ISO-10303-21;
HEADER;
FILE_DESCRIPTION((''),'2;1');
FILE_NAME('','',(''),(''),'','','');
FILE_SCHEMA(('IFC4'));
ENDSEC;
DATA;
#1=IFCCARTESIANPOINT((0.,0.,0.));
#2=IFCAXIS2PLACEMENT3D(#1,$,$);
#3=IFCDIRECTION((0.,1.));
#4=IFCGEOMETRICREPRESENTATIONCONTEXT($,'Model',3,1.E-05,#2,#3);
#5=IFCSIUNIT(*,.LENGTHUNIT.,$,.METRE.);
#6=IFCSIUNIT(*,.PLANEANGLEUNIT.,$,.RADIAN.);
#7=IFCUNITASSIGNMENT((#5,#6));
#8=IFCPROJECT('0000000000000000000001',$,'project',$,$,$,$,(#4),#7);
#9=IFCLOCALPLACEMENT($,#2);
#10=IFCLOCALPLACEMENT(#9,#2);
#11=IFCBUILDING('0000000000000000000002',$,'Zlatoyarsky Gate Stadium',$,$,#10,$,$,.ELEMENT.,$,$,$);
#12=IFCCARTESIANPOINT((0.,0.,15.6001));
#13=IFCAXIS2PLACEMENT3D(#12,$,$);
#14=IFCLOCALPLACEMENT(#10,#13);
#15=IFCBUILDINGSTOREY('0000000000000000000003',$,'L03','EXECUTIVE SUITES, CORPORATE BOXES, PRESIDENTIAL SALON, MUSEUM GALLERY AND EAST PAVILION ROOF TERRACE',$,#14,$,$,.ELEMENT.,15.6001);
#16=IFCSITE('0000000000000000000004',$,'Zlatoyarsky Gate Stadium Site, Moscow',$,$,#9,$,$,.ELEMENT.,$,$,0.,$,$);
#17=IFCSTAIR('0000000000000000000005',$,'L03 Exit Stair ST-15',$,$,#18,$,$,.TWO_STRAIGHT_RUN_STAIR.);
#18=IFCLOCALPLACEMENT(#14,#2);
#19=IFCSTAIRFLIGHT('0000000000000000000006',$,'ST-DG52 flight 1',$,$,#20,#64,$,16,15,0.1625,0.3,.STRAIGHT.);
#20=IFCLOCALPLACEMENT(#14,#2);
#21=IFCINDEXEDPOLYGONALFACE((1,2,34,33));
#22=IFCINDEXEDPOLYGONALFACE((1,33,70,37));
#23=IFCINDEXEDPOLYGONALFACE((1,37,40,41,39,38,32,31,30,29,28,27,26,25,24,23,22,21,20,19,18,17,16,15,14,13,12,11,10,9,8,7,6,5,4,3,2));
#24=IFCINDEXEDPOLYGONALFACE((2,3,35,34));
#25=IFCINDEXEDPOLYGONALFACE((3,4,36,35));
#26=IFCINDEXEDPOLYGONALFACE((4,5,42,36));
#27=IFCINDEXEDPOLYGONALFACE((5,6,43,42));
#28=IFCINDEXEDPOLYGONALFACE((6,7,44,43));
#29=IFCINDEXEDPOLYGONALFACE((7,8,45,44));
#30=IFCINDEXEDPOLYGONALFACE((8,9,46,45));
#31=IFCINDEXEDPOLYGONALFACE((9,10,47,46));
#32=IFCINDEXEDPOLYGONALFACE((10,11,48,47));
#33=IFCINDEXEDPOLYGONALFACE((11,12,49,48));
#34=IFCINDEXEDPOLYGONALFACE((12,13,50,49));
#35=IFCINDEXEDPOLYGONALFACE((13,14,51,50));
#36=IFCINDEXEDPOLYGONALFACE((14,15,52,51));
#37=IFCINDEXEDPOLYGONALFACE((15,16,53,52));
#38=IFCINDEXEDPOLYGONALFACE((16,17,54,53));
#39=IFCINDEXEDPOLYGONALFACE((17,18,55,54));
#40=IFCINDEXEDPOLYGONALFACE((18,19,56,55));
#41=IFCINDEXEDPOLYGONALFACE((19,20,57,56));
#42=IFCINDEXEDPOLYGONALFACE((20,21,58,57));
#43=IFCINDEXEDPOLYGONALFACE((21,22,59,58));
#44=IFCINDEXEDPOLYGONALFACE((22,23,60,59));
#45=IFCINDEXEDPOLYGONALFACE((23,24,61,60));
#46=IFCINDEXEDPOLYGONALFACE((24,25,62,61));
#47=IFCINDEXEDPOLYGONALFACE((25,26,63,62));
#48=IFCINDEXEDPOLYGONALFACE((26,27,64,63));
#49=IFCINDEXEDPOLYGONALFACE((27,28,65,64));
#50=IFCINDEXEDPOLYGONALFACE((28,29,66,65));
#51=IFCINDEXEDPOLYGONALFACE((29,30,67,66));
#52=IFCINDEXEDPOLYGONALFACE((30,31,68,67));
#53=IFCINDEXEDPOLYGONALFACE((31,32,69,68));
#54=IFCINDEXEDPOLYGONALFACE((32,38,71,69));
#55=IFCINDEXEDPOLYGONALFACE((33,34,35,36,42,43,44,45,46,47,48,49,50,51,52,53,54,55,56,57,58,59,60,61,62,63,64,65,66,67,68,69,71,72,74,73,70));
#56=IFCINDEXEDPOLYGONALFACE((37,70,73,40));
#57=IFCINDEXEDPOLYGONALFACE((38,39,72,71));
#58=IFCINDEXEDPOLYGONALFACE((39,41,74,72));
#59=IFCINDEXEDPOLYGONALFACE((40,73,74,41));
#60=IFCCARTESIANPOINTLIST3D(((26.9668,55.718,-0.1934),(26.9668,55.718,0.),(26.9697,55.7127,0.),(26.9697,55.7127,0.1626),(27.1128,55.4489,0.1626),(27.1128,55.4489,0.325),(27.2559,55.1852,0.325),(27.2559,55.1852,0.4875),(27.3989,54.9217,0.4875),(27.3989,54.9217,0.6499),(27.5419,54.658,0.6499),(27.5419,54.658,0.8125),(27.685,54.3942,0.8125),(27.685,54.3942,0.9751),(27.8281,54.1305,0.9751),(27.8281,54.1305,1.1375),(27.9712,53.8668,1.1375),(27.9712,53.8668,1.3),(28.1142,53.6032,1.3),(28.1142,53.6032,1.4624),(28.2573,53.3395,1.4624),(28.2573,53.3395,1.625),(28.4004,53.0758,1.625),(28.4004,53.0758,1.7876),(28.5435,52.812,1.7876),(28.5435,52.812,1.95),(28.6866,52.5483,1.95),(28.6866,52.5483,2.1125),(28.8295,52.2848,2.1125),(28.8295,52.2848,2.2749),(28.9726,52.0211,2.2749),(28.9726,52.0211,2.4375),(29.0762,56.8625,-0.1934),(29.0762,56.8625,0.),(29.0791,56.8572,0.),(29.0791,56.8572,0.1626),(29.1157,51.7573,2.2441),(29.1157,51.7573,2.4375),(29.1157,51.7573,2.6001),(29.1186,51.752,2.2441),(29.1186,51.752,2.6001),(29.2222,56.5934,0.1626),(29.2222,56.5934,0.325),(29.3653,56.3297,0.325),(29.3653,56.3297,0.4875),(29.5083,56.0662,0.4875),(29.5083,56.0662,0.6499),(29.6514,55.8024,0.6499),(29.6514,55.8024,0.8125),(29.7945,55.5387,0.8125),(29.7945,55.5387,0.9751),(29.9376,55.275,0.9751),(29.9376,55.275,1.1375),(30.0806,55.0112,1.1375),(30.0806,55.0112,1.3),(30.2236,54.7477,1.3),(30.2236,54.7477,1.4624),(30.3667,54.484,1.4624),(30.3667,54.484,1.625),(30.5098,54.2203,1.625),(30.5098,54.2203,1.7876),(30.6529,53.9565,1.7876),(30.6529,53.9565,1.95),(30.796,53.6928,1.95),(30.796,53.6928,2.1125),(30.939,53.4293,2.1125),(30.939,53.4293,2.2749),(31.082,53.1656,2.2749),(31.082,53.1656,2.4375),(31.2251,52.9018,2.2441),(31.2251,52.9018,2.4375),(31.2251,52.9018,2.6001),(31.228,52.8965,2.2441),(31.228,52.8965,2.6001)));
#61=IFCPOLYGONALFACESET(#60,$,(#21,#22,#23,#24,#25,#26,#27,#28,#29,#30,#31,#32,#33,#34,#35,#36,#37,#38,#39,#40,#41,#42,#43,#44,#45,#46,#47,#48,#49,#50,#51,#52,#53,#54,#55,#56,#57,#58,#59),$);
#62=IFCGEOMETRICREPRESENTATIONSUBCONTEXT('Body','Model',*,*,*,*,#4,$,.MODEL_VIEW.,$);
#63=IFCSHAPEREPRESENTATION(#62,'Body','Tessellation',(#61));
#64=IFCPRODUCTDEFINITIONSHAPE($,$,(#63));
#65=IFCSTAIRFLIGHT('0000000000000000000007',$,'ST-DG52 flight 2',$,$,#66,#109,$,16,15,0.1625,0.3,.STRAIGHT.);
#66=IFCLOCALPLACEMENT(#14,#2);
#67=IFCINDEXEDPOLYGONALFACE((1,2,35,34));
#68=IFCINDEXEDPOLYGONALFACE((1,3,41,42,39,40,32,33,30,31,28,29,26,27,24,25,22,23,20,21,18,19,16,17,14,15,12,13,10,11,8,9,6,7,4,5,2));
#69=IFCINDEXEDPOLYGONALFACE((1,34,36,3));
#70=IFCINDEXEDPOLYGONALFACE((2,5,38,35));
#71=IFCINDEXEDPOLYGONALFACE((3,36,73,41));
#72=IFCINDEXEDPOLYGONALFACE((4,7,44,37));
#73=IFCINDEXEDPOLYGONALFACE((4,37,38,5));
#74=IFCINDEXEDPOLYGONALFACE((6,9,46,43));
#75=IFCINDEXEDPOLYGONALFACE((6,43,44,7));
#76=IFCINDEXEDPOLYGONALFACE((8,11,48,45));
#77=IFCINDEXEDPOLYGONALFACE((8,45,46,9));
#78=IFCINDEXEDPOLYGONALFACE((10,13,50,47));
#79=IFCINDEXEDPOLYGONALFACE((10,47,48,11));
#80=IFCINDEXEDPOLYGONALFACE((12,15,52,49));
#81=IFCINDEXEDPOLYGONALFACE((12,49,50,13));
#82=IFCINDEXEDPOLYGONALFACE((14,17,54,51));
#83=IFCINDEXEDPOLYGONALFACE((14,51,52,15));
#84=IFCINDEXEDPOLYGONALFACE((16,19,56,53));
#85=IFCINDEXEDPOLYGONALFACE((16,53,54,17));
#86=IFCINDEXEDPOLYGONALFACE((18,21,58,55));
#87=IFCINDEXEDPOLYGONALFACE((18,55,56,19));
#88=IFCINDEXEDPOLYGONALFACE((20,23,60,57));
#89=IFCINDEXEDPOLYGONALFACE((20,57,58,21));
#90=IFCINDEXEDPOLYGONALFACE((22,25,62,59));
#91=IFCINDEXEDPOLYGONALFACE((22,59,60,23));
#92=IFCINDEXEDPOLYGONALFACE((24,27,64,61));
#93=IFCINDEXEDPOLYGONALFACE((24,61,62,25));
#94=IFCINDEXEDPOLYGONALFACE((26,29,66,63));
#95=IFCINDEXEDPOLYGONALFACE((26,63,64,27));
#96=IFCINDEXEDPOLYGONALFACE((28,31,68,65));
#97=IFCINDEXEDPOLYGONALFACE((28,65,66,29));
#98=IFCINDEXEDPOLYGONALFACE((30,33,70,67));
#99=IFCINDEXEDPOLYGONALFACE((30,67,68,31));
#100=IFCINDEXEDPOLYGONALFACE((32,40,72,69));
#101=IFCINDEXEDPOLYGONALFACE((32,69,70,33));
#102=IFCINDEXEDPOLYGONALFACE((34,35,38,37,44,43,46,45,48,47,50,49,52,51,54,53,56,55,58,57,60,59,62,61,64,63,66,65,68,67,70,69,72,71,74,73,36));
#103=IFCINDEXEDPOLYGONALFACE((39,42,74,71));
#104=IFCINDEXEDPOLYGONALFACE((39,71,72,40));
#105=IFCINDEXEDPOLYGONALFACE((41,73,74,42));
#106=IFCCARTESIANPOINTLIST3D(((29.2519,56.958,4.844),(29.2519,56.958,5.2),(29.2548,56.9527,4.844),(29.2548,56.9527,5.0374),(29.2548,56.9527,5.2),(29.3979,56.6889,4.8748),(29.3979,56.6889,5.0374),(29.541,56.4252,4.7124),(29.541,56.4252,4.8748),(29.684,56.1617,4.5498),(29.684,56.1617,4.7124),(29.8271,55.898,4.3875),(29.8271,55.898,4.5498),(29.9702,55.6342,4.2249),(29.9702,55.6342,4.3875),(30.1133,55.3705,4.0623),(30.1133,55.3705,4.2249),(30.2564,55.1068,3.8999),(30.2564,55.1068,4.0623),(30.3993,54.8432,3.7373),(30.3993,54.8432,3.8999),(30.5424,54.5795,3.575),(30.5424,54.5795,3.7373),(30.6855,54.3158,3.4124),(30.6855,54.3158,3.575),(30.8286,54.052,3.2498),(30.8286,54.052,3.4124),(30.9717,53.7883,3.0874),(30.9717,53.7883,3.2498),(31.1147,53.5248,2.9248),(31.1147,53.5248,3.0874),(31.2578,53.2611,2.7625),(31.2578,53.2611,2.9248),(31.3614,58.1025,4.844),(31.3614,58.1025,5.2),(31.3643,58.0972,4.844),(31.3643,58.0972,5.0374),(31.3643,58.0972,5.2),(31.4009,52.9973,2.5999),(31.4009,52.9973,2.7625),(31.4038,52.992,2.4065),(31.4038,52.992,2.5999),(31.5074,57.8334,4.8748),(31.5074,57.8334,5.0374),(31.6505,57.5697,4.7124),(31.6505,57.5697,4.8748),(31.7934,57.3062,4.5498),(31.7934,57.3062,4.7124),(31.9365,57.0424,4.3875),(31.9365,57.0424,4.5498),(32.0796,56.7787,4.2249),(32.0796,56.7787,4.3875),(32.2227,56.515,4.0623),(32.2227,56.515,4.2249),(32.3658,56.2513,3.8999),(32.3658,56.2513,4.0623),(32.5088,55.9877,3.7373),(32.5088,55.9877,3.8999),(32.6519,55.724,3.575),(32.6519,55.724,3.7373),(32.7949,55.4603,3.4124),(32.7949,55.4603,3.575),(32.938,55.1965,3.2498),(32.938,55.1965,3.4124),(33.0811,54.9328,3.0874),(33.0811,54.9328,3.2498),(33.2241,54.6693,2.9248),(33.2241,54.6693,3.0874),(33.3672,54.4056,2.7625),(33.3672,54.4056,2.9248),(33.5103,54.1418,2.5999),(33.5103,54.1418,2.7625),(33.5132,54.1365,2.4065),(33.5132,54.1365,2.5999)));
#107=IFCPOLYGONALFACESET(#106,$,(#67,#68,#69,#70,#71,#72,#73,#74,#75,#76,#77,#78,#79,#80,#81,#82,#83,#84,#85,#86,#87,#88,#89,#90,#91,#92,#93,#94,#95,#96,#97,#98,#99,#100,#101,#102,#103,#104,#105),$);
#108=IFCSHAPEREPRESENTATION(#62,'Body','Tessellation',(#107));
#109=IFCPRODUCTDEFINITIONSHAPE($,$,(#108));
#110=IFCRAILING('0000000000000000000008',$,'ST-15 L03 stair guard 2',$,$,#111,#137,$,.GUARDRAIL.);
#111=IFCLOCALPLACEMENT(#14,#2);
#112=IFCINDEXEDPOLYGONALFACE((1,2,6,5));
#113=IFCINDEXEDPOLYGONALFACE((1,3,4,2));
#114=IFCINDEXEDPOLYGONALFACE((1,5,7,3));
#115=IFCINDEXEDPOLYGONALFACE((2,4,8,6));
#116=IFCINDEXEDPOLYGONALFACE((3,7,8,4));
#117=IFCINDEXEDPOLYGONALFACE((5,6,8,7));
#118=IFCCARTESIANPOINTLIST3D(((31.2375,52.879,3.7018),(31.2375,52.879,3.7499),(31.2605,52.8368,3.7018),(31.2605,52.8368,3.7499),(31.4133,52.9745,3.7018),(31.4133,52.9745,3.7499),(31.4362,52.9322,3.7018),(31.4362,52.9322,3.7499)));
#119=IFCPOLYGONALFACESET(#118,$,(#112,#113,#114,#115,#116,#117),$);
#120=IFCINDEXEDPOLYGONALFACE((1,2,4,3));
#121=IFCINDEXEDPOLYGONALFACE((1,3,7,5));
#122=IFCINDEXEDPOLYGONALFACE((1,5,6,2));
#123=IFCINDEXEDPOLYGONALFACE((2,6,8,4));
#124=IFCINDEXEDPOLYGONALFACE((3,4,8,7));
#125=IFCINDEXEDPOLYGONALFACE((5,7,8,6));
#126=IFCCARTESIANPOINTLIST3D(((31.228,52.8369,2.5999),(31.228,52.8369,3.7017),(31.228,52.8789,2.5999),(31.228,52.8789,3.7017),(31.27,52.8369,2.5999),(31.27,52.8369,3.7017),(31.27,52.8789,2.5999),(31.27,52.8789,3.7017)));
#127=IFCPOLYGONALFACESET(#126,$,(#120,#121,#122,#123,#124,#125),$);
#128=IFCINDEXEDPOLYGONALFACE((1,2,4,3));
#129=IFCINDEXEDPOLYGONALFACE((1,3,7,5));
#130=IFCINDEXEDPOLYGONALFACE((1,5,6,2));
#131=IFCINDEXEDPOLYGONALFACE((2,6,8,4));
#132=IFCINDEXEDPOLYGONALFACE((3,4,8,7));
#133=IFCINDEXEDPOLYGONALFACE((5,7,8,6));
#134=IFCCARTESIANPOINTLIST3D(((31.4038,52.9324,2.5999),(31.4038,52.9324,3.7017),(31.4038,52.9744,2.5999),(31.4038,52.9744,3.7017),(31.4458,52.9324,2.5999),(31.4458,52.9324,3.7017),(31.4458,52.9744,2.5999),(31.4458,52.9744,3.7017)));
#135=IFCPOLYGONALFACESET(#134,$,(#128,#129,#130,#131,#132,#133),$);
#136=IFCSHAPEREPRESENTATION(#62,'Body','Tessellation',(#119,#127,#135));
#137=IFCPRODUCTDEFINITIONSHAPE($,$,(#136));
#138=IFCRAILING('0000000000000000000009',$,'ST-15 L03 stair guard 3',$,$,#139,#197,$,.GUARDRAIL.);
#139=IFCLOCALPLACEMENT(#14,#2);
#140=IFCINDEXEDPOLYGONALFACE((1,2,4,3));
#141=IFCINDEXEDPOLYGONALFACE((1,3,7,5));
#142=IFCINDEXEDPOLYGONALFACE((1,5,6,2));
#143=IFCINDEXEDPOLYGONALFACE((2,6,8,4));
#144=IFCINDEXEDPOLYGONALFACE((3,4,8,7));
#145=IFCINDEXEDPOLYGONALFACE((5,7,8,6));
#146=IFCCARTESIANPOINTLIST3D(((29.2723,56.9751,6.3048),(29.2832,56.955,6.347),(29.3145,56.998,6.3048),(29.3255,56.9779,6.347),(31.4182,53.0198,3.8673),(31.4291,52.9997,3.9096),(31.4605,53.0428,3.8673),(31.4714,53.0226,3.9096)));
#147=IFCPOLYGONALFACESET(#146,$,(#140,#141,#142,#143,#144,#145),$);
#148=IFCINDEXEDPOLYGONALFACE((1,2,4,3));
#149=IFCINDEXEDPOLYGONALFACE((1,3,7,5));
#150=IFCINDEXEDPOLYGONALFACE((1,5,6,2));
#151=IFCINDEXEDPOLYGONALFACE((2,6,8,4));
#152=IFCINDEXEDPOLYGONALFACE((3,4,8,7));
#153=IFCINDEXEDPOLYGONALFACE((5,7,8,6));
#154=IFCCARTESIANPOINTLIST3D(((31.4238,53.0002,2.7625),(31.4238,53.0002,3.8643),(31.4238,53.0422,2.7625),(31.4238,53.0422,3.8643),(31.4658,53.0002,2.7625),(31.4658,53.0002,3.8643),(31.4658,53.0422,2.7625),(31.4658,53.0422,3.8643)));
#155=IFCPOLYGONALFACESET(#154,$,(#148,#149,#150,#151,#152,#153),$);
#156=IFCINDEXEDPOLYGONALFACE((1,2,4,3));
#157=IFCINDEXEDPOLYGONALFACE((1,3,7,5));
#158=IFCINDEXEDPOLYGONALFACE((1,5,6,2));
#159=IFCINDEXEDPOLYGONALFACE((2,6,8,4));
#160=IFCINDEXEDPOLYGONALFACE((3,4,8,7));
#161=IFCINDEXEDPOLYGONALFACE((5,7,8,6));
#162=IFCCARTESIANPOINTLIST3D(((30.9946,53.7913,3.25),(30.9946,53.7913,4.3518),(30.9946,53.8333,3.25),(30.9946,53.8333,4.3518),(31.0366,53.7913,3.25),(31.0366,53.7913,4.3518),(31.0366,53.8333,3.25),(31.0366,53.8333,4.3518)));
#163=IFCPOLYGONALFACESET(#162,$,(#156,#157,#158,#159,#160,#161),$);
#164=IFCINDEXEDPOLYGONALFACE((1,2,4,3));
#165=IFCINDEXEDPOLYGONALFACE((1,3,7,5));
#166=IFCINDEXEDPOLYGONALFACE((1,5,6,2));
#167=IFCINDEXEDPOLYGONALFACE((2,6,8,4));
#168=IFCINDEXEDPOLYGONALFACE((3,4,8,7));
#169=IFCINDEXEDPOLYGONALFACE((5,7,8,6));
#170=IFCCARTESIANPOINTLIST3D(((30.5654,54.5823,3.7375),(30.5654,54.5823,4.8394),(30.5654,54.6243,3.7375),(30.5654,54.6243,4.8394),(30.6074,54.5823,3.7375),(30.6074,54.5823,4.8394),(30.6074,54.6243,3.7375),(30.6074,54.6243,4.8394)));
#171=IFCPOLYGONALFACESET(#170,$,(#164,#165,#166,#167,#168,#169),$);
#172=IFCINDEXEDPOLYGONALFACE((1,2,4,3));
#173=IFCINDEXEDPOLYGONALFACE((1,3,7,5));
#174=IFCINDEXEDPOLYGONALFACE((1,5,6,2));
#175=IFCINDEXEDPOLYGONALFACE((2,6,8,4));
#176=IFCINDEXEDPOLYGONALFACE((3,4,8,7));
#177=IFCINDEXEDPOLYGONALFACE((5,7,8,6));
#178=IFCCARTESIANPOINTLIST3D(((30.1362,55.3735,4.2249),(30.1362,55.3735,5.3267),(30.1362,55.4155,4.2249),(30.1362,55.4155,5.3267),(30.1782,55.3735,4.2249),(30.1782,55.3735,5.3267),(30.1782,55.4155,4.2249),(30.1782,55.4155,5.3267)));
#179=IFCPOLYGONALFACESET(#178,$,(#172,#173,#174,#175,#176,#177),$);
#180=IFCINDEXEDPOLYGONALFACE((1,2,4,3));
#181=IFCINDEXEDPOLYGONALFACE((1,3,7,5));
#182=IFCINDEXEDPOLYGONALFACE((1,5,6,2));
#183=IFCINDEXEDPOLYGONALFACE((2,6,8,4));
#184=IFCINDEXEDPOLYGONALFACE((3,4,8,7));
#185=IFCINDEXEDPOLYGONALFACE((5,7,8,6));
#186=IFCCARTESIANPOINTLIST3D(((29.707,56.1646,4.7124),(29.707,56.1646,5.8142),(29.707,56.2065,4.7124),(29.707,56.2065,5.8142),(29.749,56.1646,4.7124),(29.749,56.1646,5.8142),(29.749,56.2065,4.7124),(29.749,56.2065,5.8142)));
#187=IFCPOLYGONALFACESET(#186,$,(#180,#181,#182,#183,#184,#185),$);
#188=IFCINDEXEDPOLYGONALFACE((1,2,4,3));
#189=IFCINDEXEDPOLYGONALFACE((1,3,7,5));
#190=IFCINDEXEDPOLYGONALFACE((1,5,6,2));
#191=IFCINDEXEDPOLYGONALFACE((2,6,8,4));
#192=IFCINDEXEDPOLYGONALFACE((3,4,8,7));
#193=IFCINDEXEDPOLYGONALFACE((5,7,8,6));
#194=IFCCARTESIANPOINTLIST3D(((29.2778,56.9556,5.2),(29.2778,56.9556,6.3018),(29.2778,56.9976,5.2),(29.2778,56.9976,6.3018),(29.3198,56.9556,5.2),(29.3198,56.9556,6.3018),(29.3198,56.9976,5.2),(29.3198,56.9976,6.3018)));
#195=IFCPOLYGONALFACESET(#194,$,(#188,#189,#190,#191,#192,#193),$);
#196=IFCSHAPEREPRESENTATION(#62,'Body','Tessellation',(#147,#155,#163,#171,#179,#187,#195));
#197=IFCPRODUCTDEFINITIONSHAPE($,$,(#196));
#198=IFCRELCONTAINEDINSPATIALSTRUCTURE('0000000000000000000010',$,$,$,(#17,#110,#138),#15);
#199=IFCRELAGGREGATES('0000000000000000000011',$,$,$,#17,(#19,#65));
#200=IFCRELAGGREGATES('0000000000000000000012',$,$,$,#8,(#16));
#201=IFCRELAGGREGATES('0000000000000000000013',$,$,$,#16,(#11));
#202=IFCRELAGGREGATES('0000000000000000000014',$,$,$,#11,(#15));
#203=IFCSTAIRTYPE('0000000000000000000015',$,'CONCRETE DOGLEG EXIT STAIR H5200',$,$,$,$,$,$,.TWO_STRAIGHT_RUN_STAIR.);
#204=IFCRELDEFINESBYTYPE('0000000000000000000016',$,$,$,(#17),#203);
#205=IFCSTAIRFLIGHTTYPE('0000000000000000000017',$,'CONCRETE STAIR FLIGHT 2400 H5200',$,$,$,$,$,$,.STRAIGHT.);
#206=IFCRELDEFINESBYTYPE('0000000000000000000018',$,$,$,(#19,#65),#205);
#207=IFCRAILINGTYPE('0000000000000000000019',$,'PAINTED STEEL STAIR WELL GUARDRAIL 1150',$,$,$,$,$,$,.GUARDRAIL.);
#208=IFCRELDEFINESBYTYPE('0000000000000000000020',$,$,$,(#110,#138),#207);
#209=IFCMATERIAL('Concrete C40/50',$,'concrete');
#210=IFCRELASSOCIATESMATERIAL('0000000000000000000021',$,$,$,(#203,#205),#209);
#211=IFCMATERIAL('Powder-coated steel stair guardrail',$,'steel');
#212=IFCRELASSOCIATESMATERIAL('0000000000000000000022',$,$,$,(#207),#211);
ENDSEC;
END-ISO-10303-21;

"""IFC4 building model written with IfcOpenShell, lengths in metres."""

from ifc_helpers import new_model, si_unit, direction, frame, origin, origin_2d, place, context, subcontext, project, spatial, polyline, rectangle, outline, extrude, material, type_object, element, aggregate, save


model = new_model("IFC4")

# Units and contexts
model_context = context("Model", 3, precision=1e-05, world=origin(), true_north=direction((0.0, 1.0)))
body_context = subcontext(model_context, "Body", "Model", "MODEL_VIEW")
ifc_project = project(units=[si_unit("LENGTHUNIT", "METRE"), si_unit("PLANEANGLEUNIT", "RADIAN")], contexts=[model_context])

# Site, building, storey
site_placement = place(None, origin())
site = spatial("IfcSite", under=ifc_project, at=site_placement, Name="Zlatoyarsky Gate Stadium Site, Moscow", CompositionType="ELEMENT", RefElevation=0.0)
building_placement = place(site_placement, origin())
building = spatial("IfcBuilding", under=site, at=building_placement, Name="Zlatoyarsky Gate Stadium", CompositionType="ELEMENT")
storey_placement = place(building_placement, frame((0.0, 0.0, 15.6001)))
storey = spatial("IfcBuildingStorey", under=building, at=storey_placement, Name="L03", Description="EXECUTIVE SUITES, CORPORATE BOXES, PRESIDENTIAL SALON, MUSEUM GALLERY AND EAST PAVILION ROOF TERRACE", CompositionType="ELEMENT", Elevation=15.6001)

# Shared definitions
ifc_material_1 = material(Name="Concrete C40/50", Category="concrete")

# Stair, stair flights
stair_type = type_object("IfcStairType", Name="CONCRETE DOGLEG EXIT STAIR H5200", PredefinedType="TWO_STRAIGHT_RUN_STAIR", material=ifc_material_1)
stair_placement = place(storey_placement, origin())
stair = element("IfcStair", 1, at=stair_placement, inside=storey, type_object=stair_type, Name="L03 Exit Stair ST-15", PredefinedType="TWO_STRAIGHT_RUN_STAIR")
stair_flight_type = type_object("IfcStairFlightType", Name="CONCRETE STAIR FLIGHT 2400 H5200", PredefinedType="STRAIGHT", material=ifc_material_1)
stair_flight_1_placement = place(storey_placement, frame((28.0244, 56.2849, 0.0), z_axis=(0.0, 0.0, 1.0), x_axis=(0.47689, -0.878963, 0.0)))
stair_flight_1 = element("IfcStairFlight", 2, at=stair_flight_1_placement, type_object=stair_flight_type, Name="ST-DG52 flight 1", NumberOfRisers=16, NumberOfTreads=15, PredefinedType="STRAIGHT", RiserHeight=0.1625, TreadLength=0.3, context=body_context, shape_type="SweptSolid", body=[
    extrude(outline(polyline([(-0.0061, -0.1934), (-0.0061, 0.0), (0.0, 0.0), (0.0, 0.1626), (0.3, 0.1626), (0.3, 0.325), (0.6001, 0.325), (0.6001, 0.4875), (0.8999, 0.4875), (0.8999, 0.6499), (1.2, 0.6499), (1.2, 0.8125), (1.5, 0.8125), (1.5, 0.9751), (1.8, 0.9751), (1.8, 1.1375), (2.1001, 1.1375), (2.1001, 1.3), (2.3999, 1.3), (2.3999, 1.4624), (2.7, 1.4624), (2.7, 1.625), (3.0, 1.625), (3.0, 1.7876), (3.3, 1.7876), (3.3, 1.95), (3.6001, 1.95), (3.6001, 2.1125), (3.8999, 2.1125), (3.8999, 2.2749), (4.2, 2.2749), (4.2, 2.4375), (4.5, 2.4375), (4.5, 2.6001), (4.5061, 2.6001), (4.5061, 2.2441), (4.5, 2.2441), (-0.0061, -0.1934)])), frame((0.0, 1.2, 0.0), z_axis=(0.0, -1.0, 0.0), x_axis=(1.0, 0.0, 0.0)), (0.0, 0.0, 1.0), 2.3999),
])
stair_flight_2_placement = place(storey_placement, frame((32.4556, 53.5696, 2.5999), z_axis=(0.0, 0.0, 1.0), x_axis=(-0.47689, 0.878963, 0.0)))
stair_flight_2 = element("IfcStairFlight", 3, at=stair_flight_2_placement, type_object=stair_flight_type, Name="ST-DG52 flight 2", NumberOfRisers=16, NumberOfTreads=15, PredefinedType="STRAIGHT", RiserHeight=0.1625, TreadLength=0.3, context=body_context, shape_type="SweptSolid", body=[
    extrude(outline(polyline([(-0.0061, -0.1934), (-0.0061, 0.0), (0.0, 0.0), (0.0, 0.1626), (0.3, 0.1626), (0.3, 0.325), (0.6001, 0.325), (0.6001, 0.4875), (0.8999, 0.4875), (0.8999, 0.6499), (1.2, 0.6499), (1.2, 0.8125), (1.5, 0.8125), (1.5, 0.9751), (1.8, 0.9751), (1.8, 1.1375), (2.1001, 1.1375), (2.1001, 1.3), (2.3999, 1.3), (2.3999, 1.4624), (2.7, 1.4624), (2.7, 1.625), (3.0, 1.625), (3.0, 1.7876), (3.3, 1.7876), (3.3, 1.95), (3.6001, 1.95), (3.6001, 2.1125), (3.8999, 2.1125), (3.8999, 2.2749), (4.2, 2.2749), (4.2, 2.4375), (4.5, 2.4375), (4.5, 2.6001), (4.5061, 2.6001), (4.5061, 2.2441), (4.5, 2.2441), (-0.0061, -0.1934)])), frame((0.0, 1.2, 0.0), z_axis=(0.0, -1.0, 0.0), x_axis=(1.0, 0.0, 0.0)), (0.0, 0.0, 1.0), 2.3999),
])
aggregate(stair, [stair_flight_1, stair_flight_2])

# Railings
ifc_material_2 = material(Name="Powder-coated steel stair guardrail", Category="steel")
railing_type_1 = type_object("IfcRailingType", Name="PAINTED STEEL STAIR WELL GUARDRAIL 1150", PredefinedType="GUARDRAIL", material=ifc_material_2)
railing_1_placement = place(storey_placement, frame((31.249, 52.8579, 2.5999)))
element("IfcRailing", 4, at=railing_1_placement, inside=storey, type_object=railing_type_1, Name="ST-15 L03 stair guard 2", PredefinedType="GUARDRAIL", context=body_context, shape_type="SweptSolid", body=[
    extrude(rectangle(XDim=0.0481, YDim=0.0481, at=origin_2d()), frame((0.0, 0.0, 1.126), z_axis=(0.87878, 0.477227, 0.0), x_axis=(-0.477227, 0.87878, 0.0)), (0.0, 0.0, 1.0), 0.2),
    extrude(rectangle(XDim=0.042, YDim=0.042, at=origin_2d()), origin(), (0.0, 0.0, 1.0), 1.1018),
    extrude(rectangle(XDim=0.042, YDim=0.042, at=origin_2d()), frame((0.1758, 0.0955, 0.0)), (0.0, 0.0, 1.0), 1.1018),
])
railing_2_placement = place(storey_placement, frame((31.4448, 53.0212, 2.7625)))
element("IfcRailing", 5, at=railing_2_placement, inside=storey, type_object=railing_type_1, Name="ST-15 L03 stair guard 3", PredefinedType="GUARDRAIL", context=body_context, shape_type="SweptSolid", body=[
    extrude(rectangle(XDim=0.0481, YDim=0.0481, at=origin_2d()), frame((0.0, 0.0, 1.126), z_axis=(-0.419325, 0.772865, 0.476284), x_axis=(-0.878963, -0.47689, 0.0)), (0.0, 0.0, 1.0), 5.1177),
    extrude(rectangle(XDim=0.042, YDim=0.042, at=origin_2d()), origin(), (0.0, 0.0, 1.0), 1.1018),
    extrude(rectangle(XDim=0.042, YDim=0.042, at=origin_2d()), frame((-0.4292, 0.791, 0.4875)), (0.0, 0.0, 1.0), 1.1018),
    extrude(rectangle(XDim=0.042, YDim=0.042, at=origin_2d()), frame((-0.8584, 1.582, 0.9751)), (0.0, 0.0, 1.0), 1.1018),
    extrude(rectangle(XDim=0.042, YDim=0.042, at=origin_2d()), frame((-1.2876, 2.3733, 1.4624)), (0.0, 0.0, 1.0), 1.1018),
    extrude(rectangle(XDim=0.042, YDim=0.042, at=origin_2d()), frame((-1.7168, 3.1643, 1.95)), (0.0, 0.0, 1.0), 1.1018),
    extrude(rectangle(XDim=0.042, YDim=0.042, at=origin_2d()), frame((-2.146, 3.9553, 2.4375)), (0.0, 0.0, 1.0), 1.1018),
])

save(model, "model.ifc")
